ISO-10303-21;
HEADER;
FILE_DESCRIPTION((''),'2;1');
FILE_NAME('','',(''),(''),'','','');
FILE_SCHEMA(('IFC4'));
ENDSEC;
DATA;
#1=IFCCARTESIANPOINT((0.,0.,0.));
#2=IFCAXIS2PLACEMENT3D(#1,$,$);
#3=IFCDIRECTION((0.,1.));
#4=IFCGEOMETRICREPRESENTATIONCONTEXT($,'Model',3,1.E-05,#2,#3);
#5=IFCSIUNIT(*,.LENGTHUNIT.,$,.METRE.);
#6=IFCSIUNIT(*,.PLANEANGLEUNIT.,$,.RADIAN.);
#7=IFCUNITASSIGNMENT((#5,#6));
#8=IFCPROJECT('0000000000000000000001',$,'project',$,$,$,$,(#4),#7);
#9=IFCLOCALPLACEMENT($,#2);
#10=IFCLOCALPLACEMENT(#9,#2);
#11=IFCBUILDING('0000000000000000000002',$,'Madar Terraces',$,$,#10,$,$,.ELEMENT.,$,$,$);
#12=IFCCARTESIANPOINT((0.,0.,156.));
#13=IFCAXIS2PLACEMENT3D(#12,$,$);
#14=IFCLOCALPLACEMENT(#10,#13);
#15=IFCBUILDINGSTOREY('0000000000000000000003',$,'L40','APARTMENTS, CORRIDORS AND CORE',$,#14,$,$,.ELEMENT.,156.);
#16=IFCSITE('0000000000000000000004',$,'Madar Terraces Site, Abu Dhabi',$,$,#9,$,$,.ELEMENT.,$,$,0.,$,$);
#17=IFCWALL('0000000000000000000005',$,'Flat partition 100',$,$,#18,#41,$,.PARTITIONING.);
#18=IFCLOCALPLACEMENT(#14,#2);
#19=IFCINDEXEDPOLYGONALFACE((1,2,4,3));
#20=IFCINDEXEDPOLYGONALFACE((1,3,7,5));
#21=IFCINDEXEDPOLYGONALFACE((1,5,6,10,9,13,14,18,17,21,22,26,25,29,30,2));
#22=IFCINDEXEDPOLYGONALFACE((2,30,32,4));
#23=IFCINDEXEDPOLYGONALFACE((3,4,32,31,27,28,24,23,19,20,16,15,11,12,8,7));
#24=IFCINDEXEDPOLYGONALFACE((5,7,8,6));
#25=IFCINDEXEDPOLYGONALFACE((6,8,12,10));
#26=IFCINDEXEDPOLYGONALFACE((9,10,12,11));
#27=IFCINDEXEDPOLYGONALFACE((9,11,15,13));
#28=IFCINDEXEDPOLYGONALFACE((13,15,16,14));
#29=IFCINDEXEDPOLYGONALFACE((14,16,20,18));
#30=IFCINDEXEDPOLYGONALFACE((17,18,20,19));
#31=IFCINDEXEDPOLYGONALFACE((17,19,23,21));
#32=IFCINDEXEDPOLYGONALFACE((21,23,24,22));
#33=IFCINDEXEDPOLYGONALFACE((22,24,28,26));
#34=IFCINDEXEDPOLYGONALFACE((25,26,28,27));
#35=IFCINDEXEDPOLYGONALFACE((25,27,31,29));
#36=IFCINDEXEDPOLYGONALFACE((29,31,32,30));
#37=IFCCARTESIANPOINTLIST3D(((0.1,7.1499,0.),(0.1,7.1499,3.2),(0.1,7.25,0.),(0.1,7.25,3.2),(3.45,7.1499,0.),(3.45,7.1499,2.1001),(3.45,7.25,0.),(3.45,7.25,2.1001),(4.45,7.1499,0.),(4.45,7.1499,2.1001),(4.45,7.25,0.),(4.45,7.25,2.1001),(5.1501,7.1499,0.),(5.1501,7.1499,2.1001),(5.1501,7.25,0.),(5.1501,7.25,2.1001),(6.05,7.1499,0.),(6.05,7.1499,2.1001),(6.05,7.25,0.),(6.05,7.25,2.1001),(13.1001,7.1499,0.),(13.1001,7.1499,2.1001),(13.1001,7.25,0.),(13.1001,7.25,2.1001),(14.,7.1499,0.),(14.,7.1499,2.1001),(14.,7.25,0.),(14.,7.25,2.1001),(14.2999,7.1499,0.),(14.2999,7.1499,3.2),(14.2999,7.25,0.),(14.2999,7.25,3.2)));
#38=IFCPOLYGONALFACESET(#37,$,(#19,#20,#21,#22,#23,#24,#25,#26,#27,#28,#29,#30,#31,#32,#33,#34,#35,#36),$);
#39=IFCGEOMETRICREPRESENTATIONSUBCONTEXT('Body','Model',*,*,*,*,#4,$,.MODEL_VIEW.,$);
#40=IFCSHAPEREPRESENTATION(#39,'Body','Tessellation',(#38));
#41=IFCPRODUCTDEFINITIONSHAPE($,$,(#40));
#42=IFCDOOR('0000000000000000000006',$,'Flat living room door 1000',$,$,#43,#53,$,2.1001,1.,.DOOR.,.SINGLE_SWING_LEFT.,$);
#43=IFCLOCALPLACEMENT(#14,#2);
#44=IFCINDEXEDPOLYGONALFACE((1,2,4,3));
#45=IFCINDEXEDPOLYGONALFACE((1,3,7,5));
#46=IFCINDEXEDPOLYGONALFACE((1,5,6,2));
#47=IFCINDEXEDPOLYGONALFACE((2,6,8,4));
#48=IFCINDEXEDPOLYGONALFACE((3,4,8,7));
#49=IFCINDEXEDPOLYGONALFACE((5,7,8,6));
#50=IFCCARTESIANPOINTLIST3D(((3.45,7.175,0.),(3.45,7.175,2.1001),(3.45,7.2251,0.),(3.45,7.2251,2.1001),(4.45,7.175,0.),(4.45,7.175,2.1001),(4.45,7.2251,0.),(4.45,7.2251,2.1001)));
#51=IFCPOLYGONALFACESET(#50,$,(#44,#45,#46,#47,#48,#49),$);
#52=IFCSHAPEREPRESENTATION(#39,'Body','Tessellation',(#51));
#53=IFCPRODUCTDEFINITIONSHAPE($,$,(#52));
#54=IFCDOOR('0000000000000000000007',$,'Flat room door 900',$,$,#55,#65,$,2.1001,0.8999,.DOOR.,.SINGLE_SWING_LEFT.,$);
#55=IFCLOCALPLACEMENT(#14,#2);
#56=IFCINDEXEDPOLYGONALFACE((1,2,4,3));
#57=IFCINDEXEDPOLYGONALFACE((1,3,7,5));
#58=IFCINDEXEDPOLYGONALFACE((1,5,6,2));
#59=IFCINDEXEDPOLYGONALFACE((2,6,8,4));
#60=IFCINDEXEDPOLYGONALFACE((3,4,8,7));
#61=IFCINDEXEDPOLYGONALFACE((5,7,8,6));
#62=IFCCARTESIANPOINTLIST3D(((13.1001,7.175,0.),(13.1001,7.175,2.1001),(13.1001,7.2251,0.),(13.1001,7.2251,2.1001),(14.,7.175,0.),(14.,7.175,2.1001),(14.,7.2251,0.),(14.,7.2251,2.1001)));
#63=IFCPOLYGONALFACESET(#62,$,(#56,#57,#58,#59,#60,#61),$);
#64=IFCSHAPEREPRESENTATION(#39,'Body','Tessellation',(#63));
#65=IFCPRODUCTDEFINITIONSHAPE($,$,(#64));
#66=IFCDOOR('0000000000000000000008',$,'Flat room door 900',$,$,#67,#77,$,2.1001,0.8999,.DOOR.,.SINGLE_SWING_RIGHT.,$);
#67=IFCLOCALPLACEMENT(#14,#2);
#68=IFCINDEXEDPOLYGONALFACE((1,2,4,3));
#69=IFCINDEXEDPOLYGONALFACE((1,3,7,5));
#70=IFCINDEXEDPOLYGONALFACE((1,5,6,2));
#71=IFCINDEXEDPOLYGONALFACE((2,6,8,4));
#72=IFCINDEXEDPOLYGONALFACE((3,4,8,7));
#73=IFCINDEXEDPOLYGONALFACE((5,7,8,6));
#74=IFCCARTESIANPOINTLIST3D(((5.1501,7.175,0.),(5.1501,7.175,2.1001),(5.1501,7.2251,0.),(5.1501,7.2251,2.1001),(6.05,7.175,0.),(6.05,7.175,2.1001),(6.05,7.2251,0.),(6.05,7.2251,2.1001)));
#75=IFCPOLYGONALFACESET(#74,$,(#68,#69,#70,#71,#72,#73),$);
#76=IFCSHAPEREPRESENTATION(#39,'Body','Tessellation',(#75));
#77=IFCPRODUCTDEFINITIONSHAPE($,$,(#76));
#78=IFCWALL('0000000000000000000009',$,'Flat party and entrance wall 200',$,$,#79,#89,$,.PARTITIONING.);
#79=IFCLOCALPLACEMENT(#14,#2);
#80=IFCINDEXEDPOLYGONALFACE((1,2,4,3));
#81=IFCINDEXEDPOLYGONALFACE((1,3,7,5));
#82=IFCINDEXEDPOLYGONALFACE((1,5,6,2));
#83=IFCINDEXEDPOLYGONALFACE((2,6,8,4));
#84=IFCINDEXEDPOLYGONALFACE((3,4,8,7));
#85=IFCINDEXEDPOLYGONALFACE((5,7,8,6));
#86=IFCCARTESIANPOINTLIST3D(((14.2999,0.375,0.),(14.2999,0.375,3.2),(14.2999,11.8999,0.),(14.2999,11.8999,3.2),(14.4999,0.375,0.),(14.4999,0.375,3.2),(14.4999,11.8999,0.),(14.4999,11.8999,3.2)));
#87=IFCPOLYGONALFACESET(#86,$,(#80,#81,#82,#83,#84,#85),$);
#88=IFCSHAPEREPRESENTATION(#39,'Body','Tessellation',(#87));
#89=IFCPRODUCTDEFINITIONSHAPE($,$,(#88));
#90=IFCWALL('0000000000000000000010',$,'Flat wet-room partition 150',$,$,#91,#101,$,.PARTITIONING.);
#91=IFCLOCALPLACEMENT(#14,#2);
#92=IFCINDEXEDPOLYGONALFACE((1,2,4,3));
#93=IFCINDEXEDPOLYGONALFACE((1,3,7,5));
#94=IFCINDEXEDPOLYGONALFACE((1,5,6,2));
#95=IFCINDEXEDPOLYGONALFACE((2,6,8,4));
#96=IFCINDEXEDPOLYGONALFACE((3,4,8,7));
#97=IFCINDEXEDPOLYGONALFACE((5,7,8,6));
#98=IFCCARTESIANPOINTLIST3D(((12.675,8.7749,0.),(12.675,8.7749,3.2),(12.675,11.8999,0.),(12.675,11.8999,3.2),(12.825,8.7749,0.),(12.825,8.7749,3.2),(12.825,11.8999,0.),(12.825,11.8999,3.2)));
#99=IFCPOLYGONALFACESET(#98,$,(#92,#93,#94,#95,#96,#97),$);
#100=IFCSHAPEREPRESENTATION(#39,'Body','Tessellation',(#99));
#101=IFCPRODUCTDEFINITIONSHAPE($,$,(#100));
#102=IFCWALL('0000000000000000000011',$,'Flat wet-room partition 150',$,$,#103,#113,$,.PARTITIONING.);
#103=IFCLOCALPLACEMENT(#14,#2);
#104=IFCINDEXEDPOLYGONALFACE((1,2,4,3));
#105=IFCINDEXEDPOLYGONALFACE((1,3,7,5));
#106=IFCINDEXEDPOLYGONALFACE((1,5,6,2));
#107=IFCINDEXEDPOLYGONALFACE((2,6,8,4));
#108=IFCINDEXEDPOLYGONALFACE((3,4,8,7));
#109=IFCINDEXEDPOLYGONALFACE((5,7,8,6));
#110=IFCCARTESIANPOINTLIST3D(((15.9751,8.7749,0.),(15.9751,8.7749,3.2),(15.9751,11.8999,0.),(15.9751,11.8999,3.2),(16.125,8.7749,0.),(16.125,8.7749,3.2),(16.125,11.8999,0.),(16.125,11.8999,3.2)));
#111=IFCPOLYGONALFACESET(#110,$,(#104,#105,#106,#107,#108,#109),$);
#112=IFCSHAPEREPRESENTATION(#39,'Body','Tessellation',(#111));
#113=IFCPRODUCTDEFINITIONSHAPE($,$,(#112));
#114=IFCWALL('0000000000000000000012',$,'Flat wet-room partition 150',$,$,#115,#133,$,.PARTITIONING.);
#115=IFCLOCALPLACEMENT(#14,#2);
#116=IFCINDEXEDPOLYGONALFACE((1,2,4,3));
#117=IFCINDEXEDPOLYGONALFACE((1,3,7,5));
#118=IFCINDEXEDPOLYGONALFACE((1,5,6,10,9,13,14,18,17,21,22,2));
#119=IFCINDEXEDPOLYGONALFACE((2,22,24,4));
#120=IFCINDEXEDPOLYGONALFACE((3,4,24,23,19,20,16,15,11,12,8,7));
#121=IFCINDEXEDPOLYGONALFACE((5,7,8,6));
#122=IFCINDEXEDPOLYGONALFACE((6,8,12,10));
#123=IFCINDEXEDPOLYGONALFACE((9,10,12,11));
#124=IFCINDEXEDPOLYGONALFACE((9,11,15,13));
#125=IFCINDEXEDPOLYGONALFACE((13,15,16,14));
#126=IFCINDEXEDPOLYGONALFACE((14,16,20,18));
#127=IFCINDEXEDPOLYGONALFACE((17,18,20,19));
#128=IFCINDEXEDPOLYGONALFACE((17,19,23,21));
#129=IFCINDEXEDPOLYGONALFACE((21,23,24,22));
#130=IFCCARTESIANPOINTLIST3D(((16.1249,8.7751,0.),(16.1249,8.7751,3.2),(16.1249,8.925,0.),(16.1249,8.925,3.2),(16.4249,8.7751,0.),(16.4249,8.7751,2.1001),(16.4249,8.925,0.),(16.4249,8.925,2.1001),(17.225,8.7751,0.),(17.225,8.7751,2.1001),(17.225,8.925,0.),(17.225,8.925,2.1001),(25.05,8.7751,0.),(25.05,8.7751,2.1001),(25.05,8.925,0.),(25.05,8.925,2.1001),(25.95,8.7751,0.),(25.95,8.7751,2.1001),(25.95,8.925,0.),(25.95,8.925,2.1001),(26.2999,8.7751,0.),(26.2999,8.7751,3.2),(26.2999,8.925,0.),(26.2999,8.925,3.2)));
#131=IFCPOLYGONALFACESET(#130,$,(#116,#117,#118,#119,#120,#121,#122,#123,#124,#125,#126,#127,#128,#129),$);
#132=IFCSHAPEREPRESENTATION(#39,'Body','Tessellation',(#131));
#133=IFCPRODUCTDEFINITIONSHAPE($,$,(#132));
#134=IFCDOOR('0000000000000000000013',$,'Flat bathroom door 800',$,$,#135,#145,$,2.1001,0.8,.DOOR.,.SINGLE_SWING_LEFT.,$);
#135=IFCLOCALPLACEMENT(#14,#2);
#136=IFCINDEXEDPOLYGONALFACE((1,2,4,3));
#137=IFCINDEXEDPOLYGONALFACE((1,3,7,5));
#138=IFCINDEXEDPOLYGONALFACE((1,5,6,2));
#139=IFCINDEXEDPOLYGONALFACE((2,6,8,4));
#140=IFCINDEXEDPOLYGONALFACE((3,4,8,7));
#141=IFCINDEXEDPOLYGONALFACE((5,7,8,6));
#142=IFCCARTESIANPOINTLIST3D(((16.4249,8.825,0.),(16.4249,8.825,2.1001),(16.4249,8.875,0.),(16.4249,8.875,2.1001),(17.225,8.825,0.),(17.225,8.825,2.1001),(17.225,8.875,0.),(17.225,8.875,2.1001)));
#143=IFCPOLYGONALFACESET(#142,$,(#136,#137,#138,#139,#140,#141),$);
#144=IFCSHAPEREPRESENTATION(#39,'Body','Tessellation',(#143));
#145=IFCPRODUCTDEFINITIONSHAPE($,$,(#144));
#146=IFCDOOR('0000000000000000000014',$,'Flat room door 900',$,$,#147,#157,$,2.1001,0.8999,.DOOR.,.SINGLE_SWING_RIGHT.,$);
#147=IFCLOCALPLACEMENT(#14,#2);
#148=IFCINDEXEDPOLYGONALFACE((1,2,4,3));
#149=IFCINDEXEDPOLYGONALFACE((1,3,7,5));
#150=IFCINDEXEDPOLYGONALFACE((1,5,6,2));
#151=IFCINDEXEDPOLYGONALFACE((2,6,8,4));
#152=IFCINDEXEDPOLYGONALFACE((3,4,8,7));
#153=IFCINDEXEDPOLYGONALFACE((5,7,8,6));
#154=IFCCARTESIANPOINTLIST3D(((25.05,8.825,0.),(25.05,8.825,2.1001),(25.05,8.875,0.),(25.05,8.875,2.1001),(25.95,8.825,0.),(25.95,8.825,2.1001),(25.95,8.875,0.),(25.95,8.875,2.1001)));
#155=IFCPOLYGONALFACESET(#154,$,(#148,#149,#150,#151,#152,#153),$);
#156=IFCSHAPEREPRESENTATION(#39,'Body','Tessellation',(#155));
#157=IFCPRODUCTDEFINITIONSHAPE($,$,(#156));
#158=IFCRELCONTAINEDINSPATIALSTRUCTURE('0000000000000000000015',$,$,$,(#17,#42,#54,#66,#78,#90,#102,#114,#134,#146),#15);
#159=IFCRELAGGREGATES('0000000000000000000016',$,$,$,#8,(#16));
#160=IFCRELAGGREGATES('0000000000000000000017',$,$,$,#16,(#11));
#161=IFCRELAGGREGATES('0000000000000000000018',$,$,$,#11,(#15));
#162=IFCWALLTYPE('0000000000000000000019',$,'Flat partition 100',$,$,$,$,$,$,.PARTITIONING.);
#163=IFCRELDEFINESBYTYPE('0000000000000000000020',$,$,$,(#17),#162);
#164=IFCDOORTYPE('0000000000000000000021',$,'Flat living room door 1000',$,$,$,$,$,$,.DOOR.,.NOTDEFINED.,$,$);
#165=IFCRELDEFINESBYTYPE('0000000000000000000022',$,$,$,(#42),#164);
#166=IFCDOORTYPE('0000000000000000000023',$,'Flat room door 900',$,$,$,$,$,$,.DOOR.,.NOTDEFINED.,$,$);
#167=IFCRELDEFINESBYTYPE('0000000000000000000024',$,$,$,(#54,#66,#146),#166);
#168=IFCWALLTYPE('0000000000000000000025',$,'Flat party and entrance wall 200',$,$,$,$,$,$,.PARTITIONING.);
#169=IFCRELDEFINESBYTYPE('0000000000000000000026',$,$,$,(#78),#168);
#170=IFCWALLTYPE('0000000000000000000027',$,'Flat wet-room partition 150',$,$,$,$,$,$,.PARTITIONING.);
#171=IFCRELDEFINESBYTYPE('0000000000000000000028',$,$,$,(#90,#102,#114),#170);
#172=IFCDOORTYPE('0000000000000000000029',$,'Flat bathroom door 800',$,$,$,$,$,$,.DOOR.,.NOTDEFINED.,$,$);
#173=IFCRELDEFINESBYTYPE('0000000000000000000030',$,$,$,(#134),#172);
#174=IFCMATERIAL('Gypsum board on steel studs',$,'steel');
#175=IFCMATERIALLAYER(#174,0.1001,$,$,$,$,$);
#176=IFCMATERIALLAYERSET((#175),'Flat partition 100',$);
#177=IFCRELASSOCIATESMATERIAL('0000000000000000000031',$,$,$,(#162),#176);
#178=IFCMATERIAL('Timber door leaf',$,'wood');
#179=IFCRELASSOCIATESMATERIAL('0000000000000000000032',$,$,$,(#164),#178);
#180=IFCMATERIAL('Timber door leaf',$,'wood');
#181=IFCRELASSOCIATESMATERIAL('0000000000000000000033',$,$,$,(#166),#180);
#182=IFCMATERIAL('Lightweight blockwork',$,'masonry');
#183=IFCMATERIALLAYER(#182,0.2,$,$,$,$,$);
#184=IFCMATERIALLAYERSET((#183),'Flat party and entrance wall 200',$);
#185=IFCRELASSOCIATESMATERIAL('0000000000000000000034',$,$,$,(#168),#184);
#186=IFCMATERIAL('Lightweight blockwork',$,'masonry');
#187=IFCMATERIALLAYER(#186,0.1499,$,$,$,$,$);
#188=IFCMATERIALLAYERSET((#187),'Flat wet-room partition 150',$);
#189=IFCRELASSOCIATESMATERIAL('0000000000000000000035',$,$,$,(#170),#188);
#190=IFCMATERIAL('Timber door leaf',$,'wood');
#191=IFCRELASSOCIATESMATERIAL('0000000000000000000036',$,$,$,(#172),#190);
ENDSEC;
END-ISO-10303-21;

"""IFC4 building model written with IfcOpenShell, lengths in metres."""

from ifc_helpers import new_model, si_unit, direction, frame, frame_2d, origin, place, context, subcontext, project, spatial, rectangle, extrude, material, layer, layer_set, type_object, element, fill, save


model = new_model("IFC4")

# Units and contexts
model_context = context("Model", 3, precision=1e-05, world=origin(), true_north=direction((0.0, 1.0)))
body_context = subcontext(model_context, "Body", "Model", "MODEL_VIEW")
ifc_project = project(units=[si_unit("LENGTHUNIT", "METRE"), si_unit("PLANEANGLEUNIT", "RADIAN")], contexts=[model_context])

# Site, building, storey
site_placement = place(None, origin())
site = spatial("IfcSite", under=ifc_project, at=site_placement, Name="Madar Terraces Site, Abu Dhabi", CompositionType="ELEMENT", RefElevation=0.0)
building_placement = place(site_placement, origin())
building = spatial("IfcBuilding", under=site, at=building_placement, Name="Madar Terraces", CompositionType="ELEMENT")
storey_placement = place(building_placement, frame((0.0, 0.0, 156.0)))
storey = spatial("IfcBuildingStorey", under=building, at=storey_placement, Name="L40", Description="APARTMENTS, CORRIDORS AND CORE", CompositionType="ELEMENT", Elevation=156.0)

# Wall, openings, doors
ifc_material_1 = material(Name="Gypsum board on steel studs", Category="steel")
ifc_layer_1 = layer(ifc_material_1, 0.1001)
ifc_layer_set_1 = layer_set([ifc_layer_1], Name="Flat partition 100")
wall_type_1 = type_object("IfcWallType", Name="Flat partition 100", PredefinedType="PARTITIONING", material=ifc_layer_set_1)
wall_1_placement = place(storey_placement, frame((14.3, 7.2, 0.0), z_axis=(0.0, 0.0, 1.0), x_axis=(-1.0, 0.0, 0.0)))
wall_1 = element("IfcWall", 1, at=wall_1_placement, inside=storey, type_object=wall_type_1, Name="Flat partition 100", PredefinedType="PARTITIONING", context=body_context, shape_type="SweptSolid", body=[
    extrude(rectangle(XDim=14.2, YDim=0.1001, at=frame_2d((7.1001, 0.0))), origin(), (0.0, 0.0, 1.0), 3.2),
])
opening_1_placement = place(wall_1_placement, frame((0.3, 0.0, 0.0)))
opening_1 = element("IfcOpeningElement", 2, at=opening_1_placement, cuts=wall_1, PredefinedType="OPENING", context=body_context, shape_type="SweptSolid", body=[
    extrude(rectangle(XDim=0.8999, YDim=2.1001, at=frame_2d((0.45, 1.05))), frame((0.0, 0.0601, 0.0), z_axis=(0.0, -1.0, 0.0), x_axis=(1.0, 0.0, 0.0)), (0.0, 0.0, 1.0), 0.1201),
])
opening_2_placement = place(wall_1_placement, frame((8.25, 0.0, 0.0)))
opening_2 = element("IfcOpeningElement", 3, at=opening_2_placement, cuts=wall_1, PredefinedType="OPENING", context=body_context, shape_type="SweptSolid", body=[
    extrude(rectangle(XDim=0.8999, YDim=2.1001, at=frame_2d((0.45, 1.05))), frame((0.0, 0.0601, 0.0), z_axis=(0.0, -1.0, 0.0), x_axis=(1.0, 0.0, 0.0)), (0.0, 0.0, 1.0), 0.1201),
])
opening_3_placement = place(wall_1_placement, frame((9.8501, 0.0, 0.0)))
opening_3 = element("IfcOpeningElement", 4, at=opening_3_placement, cuts=wall_1, PredefinedType="OPENING", context=body_context, shape_type="SweptSolid", body=[
    extrude(rectangle(XDim=1.0, YDim=2.1001, at=frame_2d((0.5, 1.05))), frame((0.0, 0.0601, 0.0), z_axis=(0.0, -1.0, 0.0), x_axis=(1.0, 0.0, 0.0)), (0.0, 0.0, 1.0), 0.1201),
])
ifc_material_2 = material(Name="Timber door leaf", Category="wood")
door_type_1 = type_object("IfcDoorType", Name="Flat living room door 1000", OperationType="NOTDEFINED", PredefinedType="DOOR", material=ifc_material_2)
door_1_placement = place(opening_3_placement, origin())
door_1 = element("IfcDoor", 5, at=door_1_placement, inside=storey, type_object=door_type_1, Name="Flat living room door 1000", OperationType="SINGLE_SWING_LEFT", OverallHeight=2.1001, OverallWidth=1.0, PredefinedType="DOOR", context=body_context, shape_type="SweptSolid", body=[
    extrude(rectangle(XDim=1.0, YDim=2.1001, at=frame_2d((0.5, 1.05))), frame((0.0, 0.0249, 0.0), z_axis=(0.0, -1.0, 0.0), x_axis=(1.0, 0.0, 0.0)), (0.0, 0.0, 1.0), 0.05),
])
fill(opening_3, door_1)
ifc_material_3 = material(Name="Timber door leaf", Category="wood")
door_type_2 = type_object("IfcDoorType", Name="Flat room door 900", OperationType="NOTDEFINED", PredefinedType="DOOR", material=ifc_material_3)
door_2_placement = place(opening_1_placement, origin())
door_2 = element("IfcDoor", 6, at=door_2_placement, inside=storey, type_object=door_type_2, Name="Flat room door 900", OperationType="SINGLE_SWING_LEFT", OverallHeight=2.1001, OverallWidth=0.8999, PredefinedType="DOOR", context=body_context, shape_type="SweptSolid", body=[
    extrude(rectangle(XDim=0.8999, YDim=2.1001, at=frame_2d((0.45, 1.05))), frame((0.0, 0.0249, 0.0), z_axis=(0.0, -1.0, 0.0), x_axis=(1.0, 0.0, 0.0)), (0.0, 0.0, 1.0), 0.05),
])
fill(opening_1, door_2)
door_3_placement = place(opening_2_placement, origin())
door_3 = element("IfcDoor", 7, at=door_3_placement, inside=storey, type_object=door_type_2, Name="Flat room door 900", OperationType="SINGLE_SWING_RIGHT", OverallHeight=2.1001, OverallWidth=0.8999, PredefinedType="DOOR", context=body_context, shape_type="SweptSolid", body=[
    extrude(rectangle(XDim=0.8999, YDim=2.1001, at=frame_2d((0.45, 1.05))), frame((0.0, 0.0249, 0.0), z_axis=(0.0, -1.0, 0.0), x_axis=(1.0, 0.0, 0.0)), (0.0, 0.0, 1.0), 0.05),
])
fill(opening_2, door_3)

# Walls
ifc_material_4 = material(Name="Lightweight blockwork", Category="masonry")
ifc_layer_2 = layer(ifc_material_4, 0.2)
ifc_layer_set_2 = layer_set([ifc_layer_2], Name="Flat party and entrance wall 200")
wall_type_2 = type_object("IfcWallType", Name="Flat party and entrance wall 200", PredefinedType="PARTITIONING", material=ifc_layer_set_2)
wall_2_placement = place(storey_placement, frame((14.3999, 11.8999, 0.0), z_axis=(0.0, 0.0, 1.0), x_axis=(0.0, -1.0, 0.0)))
element("IfcWall", 8, at=wall_2_placement, inside=storey, type_object=wall_type_2, Name="Flat party and entrance wall 200", PredefinedType="PARTITIONING", context=body_context, shape_type="SweptSolid", body=[
    extrude(rectangle(XDim=11.5249, YDim=0.2, at=frame_2d((5.7625, 0.0))), origin(), (0.0, 0.0, 1.0), 3.2),
])
ifc_material_5 = material(Name="Lightweight blockwork", Category="masonry")
ifc_layer_3 = layer(ifc_material_5, 0.1499)
ifc_layer_set_3 = layer_set([ifc_layer_3], Name="Flat wet-room partition 150")
wall_type_3 = type_object("IfcWallType", Name="Flat wet-room partition 150", PredefinedType="PARTITIONING", material=ifc_layer_set_3)
for number, where, z_axis, x_axis, name in (
    (9, (12.75, 11.8999, 0.0), (0.0, 0.0, 1.0), (0.0, -1.0, 0.0), "Flat wet-room partition 150"),
    (10, (16.05, 11.8999, 0.0), (0.0, 0.0, 1.0), (0.0, -1.0, 0.0), "Flat wet-room partition 150"),
):
    element("IfcWall", number, at=place(storey_placement, frame(where, z_axis=z_axis, x_axis=x_axis)), inside=storey, type_object=wall_type_3, Name=name, PredefinedType="PARTITIONING", context=body_context, shape_type="SweptSolid", body=[
        extrude(rectangle(XDim=3.125, YDim=0.1499, at=frame_2d((1.5625, 0.0))), origin(), (0.0, 0.0, 1.0), 3.2),
    ])

# Wall, openings, doors
wall_3_placement = place(storey_placement, frame((16.125, 8.8501, 0.0), z_axis=(0.0, 0.0, 1.0), x_axis=(1.0, 0.0, 0.0)))
wall_3 = element("IfcWall", 11, at=wall_3_placement, inside=storey, type_object=wall_type_3, Name="Flat wet-room partition 150", PredefinedType="PARTITIONING", context=body_context, shape_type="SweptSolid", body=[
    extrude(rectangle(XDim=10.175, YDim=0.1499, at=frame_2d((5.0874, 0.0))), origin(), (0.0, 0.0, 1.0), 3.2),
])
opening_4_placement = place(wall_3_placement, frame((0.3, 0.0, 0.0)))
opening_4 = element("IfcOpeningElement", 12, at=opening_4_placement, cuts=wall_3, PredefinedType="OPENING", context=body_context, shape_type="SweptSolid", body=[
    extrude(rectangle(XDim=0.8, YDim=2.1001, at=frame_2d((0.3999, 1.05))), frame((0.0, 0.085, 0.0), z_axis=(0.0, -1.0, 0.0), x_axis=(1.0, 0.0, 0.0)), (0.0, 0.0, 1.0), 0.1699),
])
opening_5_placement = place(wall_3_placement, frame((8.925, 0.0, 0.0)))
opening_5 = element("IfcOpeningElement", 13, at=opening_5_placement, cuts=wall_3, PredefinedType="OPENING", context=body_context, shape_type="SweptSolid", body=[
    extrude(rectangle(XDim=0.8999, YDim=2.1001, at=frame_2d((0.45, 1.05))), frame((0.0, 0.085, 0.0), z_axis=(0.0, -1.0, 0.0), x_axis=(1.0, 0.0, 0.0)), (0.0, 0.0, 1.0), 0.1699),
])
ifc_material_6 = material(Name="Timber door leaf", Category="wood")
door_type_3 = type_object("IfcDoorType", Name="Flat bathroom door 800", OperationType="NOTDEFINED", PredefinedType="DOOR", material=ifc_material_6)
door_4_placement = place(opening_4_placement, origin())
door_4 = element("IfcDoor", 14, at=door_4_placement, inside=storey, type_object=door_type_3, Name="Flat bathroom door 800", OperationType="SINGLE_SWING_LEFT", OverallHeight=2.1001, OverallWidth=0.8, PredefinedType="DOOR", context=body_context, shape_type="SweptSolid", body=[
    extrude(rectangle(XDim=0.8, YDim=2.1001, at=frame_2d((0.3999, 1.05))), frame((0.0, 0.0249, 0.0), z_axis=(0.0, -1.0, 0.0), x_axis=(1.0, 0.0, 0.0)), (0.0, 0.0, 1.0), 0.05),
])
fill(opening_4, door_4)
door_5_placement = place(opening_5_placement, origin())
door_5 = element("IfcDoor", 15, at=door_5_placement, inside=storey, type_object=door_type_2, Name="Flat room door 900", OperationType="SINGLE_SWING_RIGHT", OverallHeight=2.1001, OverallWidth=0.8999, PredefinedType="DOOR", context=body_context, shape_type="SweptSolid", body=[
    extrude(rectangle(XDim=0.8999, YDim=2.1001, at=frame_2d((0.45, 1.05))), frame((0.0, 0.0249, 0.0), z_axis=(0.0, -1.0, 0.0), x_axis=(1.0, 0.0, 0.0)), (0.0, 0.0, 1.0), 0.05),
])
fill(opening_5, door_5)

save(model, "model.ifc")
